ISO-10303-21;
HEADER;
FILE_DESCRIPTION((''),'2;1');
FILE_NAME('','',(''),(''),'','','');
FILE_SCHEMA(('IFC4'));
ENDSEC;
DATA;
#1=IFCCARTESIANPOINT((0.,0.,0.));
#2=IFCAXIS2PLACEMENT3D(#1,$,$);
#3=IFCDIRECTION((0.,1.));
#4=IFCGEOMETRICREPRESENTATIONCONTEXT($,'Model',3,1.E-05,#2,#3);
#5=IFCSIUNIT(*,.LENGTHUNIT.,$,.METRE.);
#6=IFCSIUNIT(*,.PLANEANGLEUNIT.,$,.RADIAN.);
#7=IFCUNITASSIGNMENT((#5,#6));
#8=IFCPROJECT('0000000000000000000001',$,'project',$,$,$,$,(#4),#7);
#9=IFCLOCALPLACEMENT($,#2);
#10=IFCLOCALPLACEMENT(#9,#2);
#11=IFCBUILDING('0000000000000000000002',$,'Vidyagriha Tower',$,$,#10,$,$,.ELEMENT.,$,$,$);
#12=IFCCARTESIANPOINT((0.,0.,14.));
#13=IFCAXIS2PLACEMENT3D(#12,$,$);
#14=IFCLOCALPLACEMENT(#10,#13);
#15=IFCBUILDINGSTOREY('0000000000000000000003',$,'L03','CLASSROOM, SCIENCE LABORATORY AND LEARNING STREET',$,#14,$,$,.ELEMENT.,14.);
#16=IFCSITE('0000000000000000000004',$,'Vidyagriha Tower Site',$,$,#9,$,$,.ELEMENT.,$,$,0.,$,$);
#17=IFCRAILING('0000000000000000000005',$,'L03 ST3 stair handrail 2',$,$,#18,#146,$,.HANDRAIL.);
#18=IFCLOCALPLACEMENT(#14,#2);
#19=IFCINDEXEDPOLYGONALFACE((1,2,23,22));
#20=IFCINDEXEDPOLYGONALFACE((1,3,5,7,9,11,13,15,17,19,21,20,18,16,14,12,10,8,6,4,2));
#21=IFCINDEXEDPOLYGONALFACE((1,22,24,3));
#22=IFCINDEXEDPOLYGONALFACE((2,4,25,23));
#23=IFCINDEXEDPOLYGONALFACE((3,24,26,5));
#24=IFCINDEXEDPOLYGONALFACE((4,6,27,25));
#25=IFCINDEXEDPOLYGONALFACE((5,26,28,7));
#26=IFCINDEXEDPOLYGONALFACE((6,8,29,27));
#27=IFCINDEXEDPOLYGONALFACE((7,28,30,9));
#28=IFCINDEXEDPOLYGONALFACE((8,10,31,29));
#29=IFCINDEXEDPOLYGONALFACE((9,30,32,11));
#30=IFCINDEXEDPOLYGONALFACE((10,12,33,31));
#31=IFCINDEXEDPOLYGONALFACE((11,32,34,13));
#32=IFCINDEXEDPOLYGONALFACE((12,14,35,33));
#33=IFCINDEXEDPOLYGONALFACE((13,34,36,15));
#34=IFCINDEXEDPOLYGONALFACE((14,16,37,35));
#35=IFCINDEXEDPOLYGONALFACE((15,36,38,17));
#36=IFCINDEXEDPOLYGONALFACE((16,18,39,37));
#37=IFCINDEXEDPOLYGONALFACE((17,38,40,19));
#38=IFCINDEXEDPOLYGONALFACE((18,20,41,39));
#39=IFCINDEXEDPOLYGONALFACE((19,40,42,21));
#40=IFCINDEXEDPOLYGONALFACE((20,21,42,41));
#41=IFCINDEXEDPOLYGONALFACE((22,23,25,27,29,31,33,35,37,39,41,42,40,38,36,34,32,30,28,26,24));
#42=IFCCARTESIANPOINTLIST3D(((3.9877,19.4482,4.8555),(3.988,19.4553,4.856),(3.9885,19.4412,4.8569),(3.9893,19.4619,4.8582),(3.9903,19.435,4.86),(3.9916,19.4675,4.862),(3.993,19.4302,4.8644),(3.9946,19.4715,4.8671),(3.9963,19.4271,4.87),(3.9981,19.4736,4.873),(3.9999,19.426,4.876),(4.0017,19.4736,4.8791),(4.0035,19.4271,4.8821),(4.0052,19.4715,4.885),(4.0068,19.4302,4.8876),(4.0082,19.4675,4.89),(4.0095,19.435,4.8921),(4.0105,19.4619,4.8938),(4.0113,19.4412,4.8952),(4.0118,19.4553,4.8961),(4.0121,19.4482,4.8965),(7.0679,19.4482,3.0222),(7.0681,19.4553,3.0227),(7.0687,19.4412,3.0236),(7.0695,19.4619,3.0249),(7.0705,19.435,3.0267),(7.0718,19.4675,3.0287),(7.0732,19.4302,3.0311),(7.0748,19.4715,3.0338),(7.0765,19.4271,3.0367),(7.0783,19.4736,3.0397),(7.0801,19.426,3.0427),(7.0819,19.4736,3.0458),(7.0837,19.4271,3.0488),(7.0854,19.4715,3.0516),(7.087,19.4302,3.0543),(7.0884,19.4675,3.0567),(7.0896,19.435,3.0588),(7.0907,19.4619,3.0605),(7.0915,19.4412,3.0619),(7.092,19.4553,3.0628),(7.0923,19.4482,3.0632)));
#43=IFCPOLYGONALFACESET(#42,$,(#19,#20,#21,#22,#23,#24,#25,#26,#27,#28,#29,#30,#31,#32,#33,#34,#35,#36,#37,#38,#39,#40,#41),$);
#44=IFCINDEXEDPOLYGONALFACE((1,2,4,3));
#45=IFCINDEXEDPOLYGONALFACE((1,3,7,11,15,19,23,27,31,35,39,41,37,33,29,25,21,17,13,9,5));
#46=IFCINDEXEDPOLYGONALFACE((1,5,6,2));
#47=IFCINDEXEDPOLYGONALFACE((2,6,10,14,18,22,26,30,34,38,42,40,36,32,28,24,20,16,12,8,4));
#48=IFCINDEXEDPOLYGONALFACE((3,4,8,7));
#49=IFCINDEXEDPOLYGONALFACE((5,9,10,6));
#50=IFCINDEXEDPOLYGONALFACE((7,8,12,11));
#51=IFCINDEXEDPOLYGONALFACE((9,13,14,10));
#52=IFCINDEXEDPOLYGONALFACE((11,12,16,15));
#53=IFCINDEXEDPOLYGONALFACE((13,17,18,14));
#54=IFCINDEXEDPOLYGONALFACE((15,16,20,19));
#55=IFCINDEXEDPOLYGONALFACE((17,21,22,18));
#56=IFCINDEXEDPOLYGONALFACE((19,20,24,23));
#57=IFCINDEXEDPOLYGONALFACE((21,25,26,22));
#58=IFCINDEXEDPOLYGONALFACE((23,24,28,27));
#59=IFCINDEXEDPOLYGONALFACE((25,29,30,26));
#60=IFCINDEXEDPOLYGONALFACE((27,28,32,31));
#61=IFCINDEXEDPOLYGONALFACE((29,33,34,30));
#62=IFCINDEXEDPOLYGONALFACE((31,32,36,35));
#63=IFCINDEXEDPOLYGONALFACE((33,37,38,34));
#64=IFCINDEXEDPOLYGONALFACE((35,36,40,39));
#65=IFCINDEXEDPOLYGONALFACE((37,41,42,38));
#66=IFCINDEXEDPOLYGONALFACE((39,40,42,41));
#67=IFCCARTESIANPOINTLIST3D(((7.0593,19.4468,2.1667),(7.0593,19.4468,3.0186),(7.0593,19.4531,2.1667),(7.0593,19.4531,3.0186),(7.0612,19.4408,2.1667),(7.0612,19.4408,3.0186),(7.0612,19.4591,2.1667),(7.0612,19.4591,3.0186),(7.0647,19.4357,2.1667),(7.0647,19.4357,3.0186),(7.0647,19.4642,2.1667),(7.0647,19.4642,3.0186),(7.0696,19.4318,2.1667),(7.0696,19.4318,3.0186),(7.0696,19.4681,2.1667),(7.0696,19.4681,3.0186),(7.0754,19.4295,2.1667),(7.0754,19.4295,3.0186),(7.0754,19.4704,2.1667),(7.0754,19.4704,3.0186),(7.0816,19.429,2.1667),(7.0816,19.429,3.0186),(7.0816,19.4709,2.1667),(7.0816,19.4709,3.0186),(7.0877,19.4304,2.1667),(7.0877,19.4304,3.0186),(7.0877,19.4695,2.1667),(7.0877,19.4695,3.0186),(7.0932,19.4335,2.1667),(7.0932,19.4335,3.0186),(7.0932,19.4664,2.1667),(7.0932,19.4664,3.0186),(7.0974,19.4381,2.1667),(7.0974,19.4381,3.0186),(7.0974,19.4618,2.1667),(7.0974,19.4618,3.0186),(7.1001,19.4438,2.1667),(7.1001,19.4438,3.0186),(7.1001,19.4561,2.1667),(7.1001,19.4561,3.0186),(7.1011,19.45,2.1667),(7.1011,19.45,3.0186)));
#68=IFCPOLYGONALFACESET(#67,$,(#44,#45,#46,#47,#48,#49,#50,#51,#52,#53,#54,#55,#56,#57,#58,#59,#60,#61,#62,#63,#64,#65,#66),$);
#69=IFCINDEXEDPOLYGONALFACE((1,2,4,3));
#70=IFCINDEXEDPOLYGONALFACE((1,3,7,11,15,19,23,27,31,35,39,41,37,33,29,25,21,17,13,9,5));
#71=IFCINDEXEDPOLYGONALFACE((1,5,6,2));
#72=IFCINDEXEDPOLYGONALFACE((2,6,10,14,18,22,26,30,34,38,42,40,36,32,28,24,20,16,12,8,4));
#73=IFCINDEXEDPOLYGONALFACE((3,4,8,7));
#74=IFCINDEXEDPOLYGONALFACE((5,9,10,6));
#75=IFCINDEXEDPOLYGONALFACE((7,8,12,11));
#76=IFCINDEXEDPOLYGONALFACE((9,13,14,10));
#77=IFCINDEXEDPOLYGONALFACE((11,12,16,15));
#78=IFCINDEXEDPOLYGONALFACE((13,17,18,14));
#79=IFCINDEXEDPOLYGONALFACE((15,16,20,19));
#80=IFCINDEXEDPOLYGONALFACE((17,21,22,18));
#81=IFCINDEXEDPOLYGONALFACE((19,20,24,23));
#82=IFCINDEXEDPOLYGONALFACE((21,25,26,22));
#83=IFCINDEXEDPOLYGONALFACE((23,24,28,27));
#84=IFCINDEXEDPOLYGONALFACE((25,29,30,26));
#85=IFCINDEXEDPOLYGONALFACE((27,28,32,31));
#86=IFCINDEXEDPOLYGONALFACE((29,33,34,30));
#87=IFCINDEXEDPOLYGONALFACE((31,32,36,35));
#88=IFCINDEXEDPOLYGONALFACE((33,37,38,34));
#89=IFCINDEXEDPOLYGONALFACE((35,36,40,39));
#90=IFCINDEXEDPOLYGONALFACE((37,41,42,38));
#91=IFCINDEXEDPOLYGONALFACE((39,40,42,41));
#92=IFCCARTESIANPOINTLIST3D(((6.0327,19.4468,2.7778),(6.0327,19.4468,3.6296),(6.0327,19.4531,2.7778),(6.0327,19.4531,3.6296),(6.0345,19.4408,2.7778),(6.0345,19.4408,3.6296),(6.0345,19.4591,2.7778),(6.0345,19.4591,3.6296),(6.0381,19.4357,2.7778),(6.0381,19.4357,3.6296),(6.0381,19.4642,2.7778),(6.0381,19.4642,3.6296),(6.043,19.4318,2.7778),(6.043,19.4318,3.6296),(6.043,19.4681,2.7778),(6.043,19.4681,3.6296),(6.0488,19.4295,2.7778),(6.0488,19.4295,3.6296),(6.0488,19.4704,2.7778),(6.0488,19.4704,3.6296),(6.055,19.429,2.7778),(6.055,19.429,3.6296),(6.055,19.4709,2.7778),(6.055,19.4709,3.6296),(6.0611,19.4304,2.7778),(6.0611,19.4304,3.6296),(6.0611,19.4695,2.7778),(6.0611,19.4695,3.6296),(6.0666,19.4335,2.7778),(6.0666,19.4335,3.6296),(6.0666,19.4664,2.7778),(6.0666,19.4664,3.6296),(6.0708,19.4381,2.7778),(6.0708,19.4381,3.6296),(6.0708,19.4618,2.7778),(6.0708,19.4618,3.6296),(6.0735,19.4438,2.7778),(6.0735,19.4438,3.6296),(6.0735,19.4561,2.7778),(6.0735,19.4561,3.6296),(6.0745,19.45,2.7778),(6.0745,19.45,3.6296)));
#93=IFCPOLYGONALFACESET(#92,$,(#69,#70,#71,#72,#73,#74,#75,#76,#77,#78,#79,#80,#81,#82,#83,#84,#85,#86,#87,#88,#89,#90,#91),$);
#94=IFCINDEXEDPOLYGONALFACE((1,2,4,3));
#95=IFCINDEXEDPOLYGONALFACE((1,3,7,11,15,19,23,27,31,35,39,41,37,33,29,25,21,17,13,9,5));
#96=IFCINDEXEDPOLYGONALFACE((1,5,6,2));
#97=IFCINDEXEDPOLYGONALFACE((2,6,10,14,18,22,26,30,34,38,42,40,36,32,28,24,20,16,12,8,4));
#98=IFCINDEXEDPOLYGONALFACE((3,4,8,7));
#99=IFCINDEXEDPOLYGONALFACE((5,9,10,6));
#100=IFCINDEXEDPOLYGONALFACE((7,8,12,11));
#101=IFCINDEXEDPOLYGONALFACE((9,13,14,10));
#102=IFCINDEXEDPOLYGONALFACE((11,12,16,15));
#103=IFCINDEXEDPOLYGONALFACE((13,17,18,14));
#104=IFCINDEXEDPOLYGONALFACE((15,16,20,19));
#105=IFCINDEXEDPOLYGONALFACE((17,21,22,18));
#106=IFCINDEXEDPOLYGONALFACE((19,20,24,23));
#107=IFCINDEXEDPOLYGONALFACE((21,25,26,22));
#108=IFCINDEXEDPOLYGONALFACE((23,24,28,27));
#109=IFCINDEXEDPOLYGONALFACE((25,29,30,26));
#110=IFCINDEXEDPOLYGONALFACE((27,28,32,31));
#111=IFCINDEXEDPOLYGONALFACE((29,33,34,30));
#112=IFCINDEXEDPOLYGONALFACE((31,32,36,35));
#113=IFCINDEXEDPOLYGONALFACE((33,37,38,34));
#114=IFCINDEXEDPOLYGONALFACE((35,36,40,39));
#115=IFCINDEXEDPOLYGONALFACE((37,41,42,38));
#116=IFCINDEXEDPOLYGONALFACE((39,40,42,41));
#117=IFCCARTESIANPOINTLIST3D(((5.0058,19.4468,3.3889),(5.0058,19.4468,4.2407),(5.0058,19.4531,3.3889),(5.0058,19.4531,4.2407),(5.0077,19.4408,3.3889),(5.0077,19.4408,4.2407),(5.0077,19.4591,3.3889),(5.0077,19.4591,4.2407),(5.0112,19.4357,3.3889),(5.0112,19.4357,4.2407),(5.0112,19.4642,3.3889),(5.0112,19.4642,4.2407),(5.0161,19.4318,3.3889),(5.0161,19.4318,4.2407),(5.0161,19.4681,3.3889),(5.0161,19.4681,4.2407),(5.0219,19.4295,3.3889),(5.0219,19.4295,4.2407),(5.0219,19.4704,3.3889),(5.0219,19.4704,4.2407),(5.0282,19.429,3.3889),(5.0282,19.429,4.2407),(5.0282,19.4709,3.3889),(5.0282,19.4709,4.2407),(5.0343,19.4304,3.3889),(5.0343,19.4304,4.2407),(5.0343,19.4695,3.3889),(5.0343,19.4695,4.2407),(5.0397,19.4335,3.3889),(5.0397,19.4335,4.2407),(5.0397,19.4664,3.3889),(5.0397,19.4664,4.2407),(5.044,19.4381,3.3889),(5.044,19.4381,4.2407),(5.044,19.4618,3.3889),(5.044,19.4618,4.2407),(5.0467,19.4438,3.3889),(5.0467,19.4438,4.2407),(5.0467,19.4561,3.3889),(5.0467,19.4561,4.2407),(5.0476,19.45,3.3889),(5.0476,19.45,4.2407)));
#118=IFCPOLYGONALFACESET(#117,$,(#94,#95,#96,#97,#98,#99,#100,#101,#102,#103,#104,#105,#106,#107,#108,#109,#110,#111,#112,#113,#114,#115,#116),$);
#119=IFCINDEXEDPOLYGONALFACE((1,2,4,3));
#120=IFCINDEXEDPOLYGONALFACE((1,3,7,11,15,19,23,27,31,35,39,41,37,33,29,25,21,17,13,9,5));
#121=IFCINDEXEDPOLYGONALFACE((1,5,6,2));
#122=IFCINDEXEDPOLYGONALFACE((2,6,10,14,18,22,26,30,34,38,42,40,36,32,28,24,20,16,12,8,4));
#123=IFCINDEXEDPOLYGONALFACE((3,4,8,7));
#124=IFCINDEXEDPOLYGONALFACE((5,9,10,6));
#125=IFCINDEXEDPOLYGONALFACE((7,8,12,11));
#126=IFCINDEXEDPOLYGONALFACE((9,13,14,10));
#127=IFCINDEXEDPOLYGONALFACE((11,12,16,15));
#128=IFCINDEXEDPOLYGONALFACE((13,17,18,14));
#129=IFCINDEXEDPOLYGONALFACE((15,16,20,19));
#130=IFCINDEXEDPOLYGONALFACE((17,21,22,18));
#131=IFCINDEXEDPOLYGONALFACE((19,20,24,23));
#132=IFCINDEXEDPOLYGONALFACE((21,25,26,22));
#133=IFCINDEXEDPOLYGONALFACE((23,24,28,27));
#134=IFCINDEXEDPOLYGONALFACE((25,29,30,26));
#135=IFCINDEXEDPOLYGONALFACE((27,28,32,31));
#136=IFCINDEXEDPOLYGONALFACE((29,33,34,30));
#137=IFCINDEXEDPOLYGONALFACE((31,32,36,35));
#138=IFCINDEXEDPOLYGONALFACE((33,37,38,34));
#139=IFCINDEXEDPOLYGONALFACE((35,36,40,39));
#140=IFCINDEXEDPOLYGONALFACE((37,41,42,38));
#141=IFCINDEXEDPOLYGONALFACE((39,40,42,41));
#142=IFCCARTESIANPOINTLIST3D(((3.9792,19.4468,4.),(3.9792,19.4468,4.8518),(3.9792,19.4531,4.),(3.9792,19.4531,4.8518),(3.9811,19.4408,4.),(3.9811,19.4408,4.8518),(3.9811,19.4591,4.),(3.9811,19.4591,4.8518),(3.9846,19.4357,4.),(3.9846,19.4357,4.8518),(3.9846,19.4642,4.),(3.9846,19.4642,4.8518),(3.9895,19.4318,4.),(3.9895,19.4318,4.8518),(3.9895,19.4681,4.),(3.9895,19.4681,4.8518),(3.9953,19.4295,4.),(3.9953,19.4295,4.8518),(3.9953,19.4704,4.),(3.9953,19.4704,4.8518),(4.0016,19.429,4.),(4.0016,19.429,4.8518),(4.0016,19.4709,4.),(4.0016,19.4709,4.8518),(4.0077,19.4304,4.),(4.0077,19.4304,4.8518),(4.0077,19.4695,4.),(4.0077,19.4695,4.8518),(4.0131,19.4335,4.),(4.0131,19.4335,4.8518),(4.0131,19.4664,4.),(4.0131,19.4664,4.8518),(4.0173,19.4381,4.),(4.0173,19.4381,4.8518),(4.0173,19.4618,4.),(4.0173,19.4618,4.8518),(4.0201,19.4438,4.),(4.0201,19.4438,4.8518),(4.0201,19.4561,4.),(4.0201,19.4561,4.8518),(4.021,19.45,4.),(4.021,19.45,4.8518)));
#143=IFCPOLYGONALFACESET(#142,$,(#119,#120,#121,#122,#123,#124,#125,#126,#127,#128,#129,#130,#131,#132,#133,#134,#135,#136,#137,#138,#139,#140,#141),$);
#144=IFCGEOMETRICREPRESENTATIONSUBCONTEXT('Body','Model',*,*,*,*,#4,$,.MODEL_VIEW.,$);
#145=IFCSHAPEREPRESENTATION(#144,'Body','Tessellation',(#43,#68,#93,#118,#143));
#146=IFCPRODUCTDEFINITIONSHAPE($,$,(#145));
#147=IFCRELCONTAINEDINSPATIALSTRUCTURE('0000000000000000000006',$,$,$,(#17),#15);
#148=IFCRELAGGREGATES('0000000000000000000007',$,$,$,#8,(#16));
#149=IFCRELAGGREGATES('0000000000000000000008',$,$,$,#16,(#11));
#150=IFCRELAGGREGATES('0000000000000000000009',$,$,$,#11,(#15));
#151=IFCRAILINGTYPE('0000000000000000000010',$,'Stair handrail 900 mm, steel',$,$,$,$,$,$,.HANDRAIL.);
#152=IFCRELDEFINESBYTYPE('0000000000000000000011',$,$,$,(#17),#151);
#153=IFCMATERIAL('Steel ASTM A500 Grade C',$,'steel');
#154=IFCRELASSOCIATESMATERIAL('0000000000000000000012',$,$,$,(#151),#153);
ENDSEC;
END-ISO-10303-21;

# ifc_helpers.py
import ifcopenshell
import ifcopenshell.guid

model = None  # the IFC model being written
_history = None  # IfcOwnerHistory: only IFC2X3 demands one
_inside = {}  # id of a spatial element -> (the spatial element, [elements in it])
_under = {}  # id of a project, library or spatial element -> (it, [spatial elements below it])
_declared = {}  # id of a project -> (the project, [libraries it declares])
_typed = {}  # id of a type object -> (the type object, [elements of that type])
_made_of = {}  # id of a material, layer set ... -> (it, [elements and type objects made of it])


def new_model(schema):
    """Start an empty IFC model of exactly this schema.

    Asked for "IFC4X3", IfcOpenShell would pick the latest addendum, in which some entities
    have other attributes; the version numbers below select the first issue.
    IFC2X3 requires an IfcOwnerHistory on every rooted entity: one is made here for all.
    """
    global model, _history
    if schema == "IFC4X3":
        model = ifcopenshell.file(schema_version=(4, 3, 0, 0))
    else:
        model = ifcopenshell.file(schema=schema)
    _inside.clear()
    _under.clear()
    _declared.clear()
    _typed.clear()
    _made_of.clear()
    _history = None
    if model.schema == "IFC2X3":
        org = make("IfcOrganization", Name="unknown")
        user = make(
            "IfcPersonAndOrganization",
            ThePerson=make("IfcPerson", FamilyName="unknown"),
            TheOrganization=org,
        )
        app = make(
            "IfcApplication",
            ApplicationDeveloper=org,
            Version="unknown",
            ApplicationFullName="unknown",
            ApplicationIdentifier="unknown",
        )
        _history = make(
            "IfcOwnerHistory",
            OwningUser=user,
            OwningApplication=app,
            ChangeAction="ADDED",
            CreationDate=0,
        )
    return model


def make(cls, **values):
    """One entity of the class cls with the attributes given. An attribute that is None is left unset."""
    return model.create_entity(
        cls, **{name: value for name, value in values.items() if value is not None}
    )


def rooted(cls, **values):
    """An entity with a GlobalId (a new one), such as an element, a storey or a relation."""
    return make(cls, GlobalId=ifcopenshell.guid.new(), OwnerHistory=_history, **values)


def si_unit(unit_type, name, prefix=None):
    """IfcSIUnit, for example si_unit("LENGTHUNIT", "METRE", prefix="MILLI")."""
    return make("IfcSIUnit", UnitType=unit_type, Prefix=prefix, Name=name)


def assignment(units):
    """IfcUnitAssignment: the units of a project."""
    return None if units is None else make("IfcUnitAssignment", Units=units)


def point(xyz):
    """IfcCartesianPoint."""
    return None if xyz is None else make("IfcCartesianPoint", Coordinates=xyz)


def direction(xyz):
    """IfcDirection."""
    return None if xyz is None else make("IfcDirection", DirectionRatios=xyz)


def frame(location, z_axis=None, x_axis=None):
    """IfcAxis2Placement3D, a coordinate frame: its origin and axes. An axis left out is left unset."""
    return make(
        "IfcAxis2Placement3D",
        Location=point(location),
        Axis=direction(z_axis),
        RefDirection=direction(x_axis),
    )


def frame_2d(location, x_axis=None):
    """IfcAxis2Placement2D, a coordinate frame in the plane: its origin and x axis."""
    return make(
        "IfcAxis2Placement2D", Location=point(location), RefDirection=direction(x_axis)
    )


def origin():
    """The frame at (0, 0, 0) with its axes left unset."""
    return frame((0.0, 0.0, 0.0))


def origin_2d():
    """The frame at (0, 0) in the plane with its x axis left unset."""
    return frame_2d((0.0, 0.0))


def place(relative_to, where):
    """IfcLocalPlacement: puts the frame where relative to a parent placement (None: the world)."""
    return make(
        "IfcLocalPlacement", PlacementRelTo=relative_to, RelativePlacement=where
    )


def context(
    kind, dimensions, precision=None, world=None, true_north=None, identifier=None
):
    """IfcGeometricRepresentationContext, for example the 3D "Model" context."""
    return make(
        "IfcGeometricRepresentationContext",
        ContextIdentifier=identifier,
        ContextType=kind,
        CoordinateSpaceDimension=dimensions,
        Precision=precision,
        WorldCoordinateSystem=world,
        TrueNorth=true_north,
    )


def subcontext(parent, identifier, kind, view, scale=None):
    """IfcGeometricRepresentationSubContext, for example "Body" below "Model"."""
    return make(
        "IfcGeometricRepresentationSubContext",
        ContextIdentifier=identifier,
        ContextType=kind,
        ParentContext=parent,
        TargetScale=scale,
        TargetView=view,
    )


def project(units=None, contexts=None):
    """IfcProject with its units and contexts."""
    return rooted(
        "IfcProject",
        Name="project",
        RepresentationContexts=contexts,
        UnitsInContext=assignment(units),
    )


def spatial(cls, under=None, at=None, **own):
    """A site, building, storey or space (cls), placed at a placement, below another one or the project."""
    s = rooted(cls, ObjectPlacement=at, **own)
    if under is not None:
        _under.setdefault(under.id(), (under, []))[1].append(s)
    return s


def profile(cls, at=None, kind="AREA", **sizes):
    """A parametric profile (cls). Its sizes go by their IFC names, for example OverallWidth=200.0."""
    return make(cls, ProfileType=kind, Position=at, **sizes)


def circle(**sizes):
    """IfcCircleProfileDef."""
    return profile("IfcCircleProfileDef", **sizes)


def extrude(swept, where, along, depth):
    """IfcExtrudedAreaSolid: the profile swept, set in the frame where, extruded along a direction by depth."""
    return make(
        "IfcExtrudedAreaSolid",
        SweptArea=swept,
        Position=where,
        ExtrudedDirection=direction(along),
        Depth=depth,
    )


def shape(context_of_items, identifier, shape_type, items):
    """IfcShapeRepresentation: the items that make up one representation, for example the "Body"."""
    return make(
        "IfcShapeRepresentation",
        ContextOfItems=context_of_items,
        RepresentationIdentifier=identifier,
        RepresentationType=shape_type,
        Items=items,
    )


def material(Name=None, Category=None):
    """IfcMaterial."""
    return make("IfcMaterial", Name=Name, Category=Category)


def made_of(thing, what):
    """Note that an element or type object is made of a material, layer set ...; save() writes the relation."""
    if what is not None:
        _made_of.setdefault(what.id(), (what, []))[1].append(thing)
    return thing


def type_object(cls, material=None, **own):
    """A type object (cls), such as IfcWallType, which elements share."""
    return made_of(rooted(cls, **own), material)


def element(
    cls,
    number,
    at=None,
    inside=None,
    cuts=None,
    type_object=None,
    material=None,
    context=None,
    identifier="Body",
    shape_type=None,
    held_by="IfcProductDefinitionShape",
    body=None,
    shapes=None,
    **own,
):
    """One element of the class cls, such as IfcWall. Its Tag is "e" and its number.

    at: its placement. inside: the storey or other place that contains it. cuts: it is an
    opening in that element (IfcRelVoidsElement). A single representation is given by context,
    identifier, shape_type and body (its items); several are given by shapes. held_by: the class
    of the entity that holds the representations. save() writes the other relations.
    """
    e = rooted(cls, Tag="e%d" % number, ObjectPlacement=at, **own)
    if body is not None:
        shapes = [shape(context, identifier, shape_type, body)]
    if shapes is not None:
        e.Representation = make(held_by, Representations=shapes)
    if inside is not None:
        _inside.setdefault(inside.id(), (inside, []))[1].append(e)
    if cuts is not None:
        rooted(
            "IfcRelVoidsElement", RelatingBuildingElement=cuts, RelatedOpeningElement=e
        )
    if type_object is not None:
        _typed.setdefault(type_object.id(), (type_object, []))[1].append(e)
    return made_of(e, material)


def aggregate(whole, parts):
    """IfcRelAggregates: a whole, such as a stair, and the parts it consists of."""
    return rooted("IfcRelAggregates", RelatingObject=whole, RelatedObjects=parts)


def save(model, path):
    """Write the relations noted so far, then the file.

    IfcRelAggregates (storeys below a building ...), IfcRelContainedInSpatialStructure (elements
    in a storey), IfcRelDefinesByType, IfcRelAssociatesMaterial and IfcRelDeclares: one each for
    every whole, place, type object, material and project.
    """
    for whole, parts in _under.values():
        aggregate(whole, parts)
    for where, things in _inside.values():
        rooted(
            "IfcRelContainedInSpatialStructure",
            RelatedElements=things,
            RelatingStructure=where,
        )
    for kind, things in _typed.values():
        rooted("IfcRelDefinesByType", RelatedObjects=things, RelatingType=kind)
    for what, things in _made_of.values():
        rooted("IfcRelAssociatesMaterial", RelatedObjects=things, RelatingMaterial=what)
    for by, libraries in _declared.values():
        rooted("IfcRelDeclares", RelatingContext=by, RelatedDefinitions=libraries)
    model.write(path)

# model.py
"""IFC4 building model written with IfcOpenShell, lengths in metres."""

from ifc_helpers import new_model, si_unit, direction, frame, origin, origin_2d, place, context, subcontext, project, spatial, circle, extrude, material, type_object, element, save


model = new_model("IFC4")

# Units and contexts
model_context = context("Model", 3, precision=1e-05, world=origin(), true_north=direction((0.0, 1.0)))
body_context = subcontext(model_context, "Body", "Model", "MODEL_VIEW")
ifc_project = project(units=[si_unit("LENGTHUNIT", "METRE"), si_unit("PLANEANGLEUNIT", "RADIAN")], contexts=[model_context])

# Site, building, storey
site_placement = place(None, origin())
site = spatial("IfcSite", under=ifc_project, at=site_placement, Name="Vidyagriha Tower Site", CompositionType="ELEMENT", RefElevation=0.0)
building_placement = place(site_placement, origin())
building = spatial("IfcBuilding", under=site, at=building_placement, Name="Vidyagriha Tower", CompositionType="ELEMENT")
storey_placement = place(building_placement, frame((0.0, 0.0, 14.0)))
storey = spatial("IfcBuildingStorey", under=building, at=storey_placement, Name="L03", Description="CLASSROOM, SCIENCE LABORATORY AND LEARNING STREET", CompositionType="ELEMENT", Elevation=14.0)

# Railing
ifc_material_1 = material(Name="Steel ASTM A500 Grade C", Category="steel")
railing_type_1 = type_object("IfcRailingType", Name="Stair handrail 900 mm, steel", PredefinedType="HANDRAIL", material=ifc_material_1)
railing_1_placement = place(storey_placement, frame((7.0801, 19.45, 2.1667)))
element("IfcRailing", 1, at=railing_1_placement, inside=storey, type_object=railing_type_1, Name="L03 ST3 stair handrail 2", PredefinedType="HANDRAIL", context=body_context, shape_type="SweptSolid", body=[
    extrude(circle(Radius=0.0239, at=origin_2d()), frame((0.0, 0.0, 0.876), z_axis=(-0.859309, 0.0, 0.511458), x_axis=(0.0, -1.0, 0.0)), (0.0, 0.0, 1.0), 3.5845),
    extrude(circle(Radius=0.021, at=origin_2d()), origin(), (0.0, 0.0, 1.0), 0.8518),
    extrude(circle(Radius=0.021, at=origin_2d()), frame((-1.0266, 0.0, 0.6111)), (0.0, 0.0, 1.0), 0.8518),
    extrude(circle(Radius=0.021, at=origin_2d()), frame((-2.0535, 0.0, 1.2222)), (0.0, 0.0, 1.0), 0.8518),
    extrude(circle(Radius=0.021, at=origin_2d()), frame((-3.0801, 0.0, 1.8333)), (0.0, 0.0, 1.0), 0.8518),
])

save(model, "model.ifc")
